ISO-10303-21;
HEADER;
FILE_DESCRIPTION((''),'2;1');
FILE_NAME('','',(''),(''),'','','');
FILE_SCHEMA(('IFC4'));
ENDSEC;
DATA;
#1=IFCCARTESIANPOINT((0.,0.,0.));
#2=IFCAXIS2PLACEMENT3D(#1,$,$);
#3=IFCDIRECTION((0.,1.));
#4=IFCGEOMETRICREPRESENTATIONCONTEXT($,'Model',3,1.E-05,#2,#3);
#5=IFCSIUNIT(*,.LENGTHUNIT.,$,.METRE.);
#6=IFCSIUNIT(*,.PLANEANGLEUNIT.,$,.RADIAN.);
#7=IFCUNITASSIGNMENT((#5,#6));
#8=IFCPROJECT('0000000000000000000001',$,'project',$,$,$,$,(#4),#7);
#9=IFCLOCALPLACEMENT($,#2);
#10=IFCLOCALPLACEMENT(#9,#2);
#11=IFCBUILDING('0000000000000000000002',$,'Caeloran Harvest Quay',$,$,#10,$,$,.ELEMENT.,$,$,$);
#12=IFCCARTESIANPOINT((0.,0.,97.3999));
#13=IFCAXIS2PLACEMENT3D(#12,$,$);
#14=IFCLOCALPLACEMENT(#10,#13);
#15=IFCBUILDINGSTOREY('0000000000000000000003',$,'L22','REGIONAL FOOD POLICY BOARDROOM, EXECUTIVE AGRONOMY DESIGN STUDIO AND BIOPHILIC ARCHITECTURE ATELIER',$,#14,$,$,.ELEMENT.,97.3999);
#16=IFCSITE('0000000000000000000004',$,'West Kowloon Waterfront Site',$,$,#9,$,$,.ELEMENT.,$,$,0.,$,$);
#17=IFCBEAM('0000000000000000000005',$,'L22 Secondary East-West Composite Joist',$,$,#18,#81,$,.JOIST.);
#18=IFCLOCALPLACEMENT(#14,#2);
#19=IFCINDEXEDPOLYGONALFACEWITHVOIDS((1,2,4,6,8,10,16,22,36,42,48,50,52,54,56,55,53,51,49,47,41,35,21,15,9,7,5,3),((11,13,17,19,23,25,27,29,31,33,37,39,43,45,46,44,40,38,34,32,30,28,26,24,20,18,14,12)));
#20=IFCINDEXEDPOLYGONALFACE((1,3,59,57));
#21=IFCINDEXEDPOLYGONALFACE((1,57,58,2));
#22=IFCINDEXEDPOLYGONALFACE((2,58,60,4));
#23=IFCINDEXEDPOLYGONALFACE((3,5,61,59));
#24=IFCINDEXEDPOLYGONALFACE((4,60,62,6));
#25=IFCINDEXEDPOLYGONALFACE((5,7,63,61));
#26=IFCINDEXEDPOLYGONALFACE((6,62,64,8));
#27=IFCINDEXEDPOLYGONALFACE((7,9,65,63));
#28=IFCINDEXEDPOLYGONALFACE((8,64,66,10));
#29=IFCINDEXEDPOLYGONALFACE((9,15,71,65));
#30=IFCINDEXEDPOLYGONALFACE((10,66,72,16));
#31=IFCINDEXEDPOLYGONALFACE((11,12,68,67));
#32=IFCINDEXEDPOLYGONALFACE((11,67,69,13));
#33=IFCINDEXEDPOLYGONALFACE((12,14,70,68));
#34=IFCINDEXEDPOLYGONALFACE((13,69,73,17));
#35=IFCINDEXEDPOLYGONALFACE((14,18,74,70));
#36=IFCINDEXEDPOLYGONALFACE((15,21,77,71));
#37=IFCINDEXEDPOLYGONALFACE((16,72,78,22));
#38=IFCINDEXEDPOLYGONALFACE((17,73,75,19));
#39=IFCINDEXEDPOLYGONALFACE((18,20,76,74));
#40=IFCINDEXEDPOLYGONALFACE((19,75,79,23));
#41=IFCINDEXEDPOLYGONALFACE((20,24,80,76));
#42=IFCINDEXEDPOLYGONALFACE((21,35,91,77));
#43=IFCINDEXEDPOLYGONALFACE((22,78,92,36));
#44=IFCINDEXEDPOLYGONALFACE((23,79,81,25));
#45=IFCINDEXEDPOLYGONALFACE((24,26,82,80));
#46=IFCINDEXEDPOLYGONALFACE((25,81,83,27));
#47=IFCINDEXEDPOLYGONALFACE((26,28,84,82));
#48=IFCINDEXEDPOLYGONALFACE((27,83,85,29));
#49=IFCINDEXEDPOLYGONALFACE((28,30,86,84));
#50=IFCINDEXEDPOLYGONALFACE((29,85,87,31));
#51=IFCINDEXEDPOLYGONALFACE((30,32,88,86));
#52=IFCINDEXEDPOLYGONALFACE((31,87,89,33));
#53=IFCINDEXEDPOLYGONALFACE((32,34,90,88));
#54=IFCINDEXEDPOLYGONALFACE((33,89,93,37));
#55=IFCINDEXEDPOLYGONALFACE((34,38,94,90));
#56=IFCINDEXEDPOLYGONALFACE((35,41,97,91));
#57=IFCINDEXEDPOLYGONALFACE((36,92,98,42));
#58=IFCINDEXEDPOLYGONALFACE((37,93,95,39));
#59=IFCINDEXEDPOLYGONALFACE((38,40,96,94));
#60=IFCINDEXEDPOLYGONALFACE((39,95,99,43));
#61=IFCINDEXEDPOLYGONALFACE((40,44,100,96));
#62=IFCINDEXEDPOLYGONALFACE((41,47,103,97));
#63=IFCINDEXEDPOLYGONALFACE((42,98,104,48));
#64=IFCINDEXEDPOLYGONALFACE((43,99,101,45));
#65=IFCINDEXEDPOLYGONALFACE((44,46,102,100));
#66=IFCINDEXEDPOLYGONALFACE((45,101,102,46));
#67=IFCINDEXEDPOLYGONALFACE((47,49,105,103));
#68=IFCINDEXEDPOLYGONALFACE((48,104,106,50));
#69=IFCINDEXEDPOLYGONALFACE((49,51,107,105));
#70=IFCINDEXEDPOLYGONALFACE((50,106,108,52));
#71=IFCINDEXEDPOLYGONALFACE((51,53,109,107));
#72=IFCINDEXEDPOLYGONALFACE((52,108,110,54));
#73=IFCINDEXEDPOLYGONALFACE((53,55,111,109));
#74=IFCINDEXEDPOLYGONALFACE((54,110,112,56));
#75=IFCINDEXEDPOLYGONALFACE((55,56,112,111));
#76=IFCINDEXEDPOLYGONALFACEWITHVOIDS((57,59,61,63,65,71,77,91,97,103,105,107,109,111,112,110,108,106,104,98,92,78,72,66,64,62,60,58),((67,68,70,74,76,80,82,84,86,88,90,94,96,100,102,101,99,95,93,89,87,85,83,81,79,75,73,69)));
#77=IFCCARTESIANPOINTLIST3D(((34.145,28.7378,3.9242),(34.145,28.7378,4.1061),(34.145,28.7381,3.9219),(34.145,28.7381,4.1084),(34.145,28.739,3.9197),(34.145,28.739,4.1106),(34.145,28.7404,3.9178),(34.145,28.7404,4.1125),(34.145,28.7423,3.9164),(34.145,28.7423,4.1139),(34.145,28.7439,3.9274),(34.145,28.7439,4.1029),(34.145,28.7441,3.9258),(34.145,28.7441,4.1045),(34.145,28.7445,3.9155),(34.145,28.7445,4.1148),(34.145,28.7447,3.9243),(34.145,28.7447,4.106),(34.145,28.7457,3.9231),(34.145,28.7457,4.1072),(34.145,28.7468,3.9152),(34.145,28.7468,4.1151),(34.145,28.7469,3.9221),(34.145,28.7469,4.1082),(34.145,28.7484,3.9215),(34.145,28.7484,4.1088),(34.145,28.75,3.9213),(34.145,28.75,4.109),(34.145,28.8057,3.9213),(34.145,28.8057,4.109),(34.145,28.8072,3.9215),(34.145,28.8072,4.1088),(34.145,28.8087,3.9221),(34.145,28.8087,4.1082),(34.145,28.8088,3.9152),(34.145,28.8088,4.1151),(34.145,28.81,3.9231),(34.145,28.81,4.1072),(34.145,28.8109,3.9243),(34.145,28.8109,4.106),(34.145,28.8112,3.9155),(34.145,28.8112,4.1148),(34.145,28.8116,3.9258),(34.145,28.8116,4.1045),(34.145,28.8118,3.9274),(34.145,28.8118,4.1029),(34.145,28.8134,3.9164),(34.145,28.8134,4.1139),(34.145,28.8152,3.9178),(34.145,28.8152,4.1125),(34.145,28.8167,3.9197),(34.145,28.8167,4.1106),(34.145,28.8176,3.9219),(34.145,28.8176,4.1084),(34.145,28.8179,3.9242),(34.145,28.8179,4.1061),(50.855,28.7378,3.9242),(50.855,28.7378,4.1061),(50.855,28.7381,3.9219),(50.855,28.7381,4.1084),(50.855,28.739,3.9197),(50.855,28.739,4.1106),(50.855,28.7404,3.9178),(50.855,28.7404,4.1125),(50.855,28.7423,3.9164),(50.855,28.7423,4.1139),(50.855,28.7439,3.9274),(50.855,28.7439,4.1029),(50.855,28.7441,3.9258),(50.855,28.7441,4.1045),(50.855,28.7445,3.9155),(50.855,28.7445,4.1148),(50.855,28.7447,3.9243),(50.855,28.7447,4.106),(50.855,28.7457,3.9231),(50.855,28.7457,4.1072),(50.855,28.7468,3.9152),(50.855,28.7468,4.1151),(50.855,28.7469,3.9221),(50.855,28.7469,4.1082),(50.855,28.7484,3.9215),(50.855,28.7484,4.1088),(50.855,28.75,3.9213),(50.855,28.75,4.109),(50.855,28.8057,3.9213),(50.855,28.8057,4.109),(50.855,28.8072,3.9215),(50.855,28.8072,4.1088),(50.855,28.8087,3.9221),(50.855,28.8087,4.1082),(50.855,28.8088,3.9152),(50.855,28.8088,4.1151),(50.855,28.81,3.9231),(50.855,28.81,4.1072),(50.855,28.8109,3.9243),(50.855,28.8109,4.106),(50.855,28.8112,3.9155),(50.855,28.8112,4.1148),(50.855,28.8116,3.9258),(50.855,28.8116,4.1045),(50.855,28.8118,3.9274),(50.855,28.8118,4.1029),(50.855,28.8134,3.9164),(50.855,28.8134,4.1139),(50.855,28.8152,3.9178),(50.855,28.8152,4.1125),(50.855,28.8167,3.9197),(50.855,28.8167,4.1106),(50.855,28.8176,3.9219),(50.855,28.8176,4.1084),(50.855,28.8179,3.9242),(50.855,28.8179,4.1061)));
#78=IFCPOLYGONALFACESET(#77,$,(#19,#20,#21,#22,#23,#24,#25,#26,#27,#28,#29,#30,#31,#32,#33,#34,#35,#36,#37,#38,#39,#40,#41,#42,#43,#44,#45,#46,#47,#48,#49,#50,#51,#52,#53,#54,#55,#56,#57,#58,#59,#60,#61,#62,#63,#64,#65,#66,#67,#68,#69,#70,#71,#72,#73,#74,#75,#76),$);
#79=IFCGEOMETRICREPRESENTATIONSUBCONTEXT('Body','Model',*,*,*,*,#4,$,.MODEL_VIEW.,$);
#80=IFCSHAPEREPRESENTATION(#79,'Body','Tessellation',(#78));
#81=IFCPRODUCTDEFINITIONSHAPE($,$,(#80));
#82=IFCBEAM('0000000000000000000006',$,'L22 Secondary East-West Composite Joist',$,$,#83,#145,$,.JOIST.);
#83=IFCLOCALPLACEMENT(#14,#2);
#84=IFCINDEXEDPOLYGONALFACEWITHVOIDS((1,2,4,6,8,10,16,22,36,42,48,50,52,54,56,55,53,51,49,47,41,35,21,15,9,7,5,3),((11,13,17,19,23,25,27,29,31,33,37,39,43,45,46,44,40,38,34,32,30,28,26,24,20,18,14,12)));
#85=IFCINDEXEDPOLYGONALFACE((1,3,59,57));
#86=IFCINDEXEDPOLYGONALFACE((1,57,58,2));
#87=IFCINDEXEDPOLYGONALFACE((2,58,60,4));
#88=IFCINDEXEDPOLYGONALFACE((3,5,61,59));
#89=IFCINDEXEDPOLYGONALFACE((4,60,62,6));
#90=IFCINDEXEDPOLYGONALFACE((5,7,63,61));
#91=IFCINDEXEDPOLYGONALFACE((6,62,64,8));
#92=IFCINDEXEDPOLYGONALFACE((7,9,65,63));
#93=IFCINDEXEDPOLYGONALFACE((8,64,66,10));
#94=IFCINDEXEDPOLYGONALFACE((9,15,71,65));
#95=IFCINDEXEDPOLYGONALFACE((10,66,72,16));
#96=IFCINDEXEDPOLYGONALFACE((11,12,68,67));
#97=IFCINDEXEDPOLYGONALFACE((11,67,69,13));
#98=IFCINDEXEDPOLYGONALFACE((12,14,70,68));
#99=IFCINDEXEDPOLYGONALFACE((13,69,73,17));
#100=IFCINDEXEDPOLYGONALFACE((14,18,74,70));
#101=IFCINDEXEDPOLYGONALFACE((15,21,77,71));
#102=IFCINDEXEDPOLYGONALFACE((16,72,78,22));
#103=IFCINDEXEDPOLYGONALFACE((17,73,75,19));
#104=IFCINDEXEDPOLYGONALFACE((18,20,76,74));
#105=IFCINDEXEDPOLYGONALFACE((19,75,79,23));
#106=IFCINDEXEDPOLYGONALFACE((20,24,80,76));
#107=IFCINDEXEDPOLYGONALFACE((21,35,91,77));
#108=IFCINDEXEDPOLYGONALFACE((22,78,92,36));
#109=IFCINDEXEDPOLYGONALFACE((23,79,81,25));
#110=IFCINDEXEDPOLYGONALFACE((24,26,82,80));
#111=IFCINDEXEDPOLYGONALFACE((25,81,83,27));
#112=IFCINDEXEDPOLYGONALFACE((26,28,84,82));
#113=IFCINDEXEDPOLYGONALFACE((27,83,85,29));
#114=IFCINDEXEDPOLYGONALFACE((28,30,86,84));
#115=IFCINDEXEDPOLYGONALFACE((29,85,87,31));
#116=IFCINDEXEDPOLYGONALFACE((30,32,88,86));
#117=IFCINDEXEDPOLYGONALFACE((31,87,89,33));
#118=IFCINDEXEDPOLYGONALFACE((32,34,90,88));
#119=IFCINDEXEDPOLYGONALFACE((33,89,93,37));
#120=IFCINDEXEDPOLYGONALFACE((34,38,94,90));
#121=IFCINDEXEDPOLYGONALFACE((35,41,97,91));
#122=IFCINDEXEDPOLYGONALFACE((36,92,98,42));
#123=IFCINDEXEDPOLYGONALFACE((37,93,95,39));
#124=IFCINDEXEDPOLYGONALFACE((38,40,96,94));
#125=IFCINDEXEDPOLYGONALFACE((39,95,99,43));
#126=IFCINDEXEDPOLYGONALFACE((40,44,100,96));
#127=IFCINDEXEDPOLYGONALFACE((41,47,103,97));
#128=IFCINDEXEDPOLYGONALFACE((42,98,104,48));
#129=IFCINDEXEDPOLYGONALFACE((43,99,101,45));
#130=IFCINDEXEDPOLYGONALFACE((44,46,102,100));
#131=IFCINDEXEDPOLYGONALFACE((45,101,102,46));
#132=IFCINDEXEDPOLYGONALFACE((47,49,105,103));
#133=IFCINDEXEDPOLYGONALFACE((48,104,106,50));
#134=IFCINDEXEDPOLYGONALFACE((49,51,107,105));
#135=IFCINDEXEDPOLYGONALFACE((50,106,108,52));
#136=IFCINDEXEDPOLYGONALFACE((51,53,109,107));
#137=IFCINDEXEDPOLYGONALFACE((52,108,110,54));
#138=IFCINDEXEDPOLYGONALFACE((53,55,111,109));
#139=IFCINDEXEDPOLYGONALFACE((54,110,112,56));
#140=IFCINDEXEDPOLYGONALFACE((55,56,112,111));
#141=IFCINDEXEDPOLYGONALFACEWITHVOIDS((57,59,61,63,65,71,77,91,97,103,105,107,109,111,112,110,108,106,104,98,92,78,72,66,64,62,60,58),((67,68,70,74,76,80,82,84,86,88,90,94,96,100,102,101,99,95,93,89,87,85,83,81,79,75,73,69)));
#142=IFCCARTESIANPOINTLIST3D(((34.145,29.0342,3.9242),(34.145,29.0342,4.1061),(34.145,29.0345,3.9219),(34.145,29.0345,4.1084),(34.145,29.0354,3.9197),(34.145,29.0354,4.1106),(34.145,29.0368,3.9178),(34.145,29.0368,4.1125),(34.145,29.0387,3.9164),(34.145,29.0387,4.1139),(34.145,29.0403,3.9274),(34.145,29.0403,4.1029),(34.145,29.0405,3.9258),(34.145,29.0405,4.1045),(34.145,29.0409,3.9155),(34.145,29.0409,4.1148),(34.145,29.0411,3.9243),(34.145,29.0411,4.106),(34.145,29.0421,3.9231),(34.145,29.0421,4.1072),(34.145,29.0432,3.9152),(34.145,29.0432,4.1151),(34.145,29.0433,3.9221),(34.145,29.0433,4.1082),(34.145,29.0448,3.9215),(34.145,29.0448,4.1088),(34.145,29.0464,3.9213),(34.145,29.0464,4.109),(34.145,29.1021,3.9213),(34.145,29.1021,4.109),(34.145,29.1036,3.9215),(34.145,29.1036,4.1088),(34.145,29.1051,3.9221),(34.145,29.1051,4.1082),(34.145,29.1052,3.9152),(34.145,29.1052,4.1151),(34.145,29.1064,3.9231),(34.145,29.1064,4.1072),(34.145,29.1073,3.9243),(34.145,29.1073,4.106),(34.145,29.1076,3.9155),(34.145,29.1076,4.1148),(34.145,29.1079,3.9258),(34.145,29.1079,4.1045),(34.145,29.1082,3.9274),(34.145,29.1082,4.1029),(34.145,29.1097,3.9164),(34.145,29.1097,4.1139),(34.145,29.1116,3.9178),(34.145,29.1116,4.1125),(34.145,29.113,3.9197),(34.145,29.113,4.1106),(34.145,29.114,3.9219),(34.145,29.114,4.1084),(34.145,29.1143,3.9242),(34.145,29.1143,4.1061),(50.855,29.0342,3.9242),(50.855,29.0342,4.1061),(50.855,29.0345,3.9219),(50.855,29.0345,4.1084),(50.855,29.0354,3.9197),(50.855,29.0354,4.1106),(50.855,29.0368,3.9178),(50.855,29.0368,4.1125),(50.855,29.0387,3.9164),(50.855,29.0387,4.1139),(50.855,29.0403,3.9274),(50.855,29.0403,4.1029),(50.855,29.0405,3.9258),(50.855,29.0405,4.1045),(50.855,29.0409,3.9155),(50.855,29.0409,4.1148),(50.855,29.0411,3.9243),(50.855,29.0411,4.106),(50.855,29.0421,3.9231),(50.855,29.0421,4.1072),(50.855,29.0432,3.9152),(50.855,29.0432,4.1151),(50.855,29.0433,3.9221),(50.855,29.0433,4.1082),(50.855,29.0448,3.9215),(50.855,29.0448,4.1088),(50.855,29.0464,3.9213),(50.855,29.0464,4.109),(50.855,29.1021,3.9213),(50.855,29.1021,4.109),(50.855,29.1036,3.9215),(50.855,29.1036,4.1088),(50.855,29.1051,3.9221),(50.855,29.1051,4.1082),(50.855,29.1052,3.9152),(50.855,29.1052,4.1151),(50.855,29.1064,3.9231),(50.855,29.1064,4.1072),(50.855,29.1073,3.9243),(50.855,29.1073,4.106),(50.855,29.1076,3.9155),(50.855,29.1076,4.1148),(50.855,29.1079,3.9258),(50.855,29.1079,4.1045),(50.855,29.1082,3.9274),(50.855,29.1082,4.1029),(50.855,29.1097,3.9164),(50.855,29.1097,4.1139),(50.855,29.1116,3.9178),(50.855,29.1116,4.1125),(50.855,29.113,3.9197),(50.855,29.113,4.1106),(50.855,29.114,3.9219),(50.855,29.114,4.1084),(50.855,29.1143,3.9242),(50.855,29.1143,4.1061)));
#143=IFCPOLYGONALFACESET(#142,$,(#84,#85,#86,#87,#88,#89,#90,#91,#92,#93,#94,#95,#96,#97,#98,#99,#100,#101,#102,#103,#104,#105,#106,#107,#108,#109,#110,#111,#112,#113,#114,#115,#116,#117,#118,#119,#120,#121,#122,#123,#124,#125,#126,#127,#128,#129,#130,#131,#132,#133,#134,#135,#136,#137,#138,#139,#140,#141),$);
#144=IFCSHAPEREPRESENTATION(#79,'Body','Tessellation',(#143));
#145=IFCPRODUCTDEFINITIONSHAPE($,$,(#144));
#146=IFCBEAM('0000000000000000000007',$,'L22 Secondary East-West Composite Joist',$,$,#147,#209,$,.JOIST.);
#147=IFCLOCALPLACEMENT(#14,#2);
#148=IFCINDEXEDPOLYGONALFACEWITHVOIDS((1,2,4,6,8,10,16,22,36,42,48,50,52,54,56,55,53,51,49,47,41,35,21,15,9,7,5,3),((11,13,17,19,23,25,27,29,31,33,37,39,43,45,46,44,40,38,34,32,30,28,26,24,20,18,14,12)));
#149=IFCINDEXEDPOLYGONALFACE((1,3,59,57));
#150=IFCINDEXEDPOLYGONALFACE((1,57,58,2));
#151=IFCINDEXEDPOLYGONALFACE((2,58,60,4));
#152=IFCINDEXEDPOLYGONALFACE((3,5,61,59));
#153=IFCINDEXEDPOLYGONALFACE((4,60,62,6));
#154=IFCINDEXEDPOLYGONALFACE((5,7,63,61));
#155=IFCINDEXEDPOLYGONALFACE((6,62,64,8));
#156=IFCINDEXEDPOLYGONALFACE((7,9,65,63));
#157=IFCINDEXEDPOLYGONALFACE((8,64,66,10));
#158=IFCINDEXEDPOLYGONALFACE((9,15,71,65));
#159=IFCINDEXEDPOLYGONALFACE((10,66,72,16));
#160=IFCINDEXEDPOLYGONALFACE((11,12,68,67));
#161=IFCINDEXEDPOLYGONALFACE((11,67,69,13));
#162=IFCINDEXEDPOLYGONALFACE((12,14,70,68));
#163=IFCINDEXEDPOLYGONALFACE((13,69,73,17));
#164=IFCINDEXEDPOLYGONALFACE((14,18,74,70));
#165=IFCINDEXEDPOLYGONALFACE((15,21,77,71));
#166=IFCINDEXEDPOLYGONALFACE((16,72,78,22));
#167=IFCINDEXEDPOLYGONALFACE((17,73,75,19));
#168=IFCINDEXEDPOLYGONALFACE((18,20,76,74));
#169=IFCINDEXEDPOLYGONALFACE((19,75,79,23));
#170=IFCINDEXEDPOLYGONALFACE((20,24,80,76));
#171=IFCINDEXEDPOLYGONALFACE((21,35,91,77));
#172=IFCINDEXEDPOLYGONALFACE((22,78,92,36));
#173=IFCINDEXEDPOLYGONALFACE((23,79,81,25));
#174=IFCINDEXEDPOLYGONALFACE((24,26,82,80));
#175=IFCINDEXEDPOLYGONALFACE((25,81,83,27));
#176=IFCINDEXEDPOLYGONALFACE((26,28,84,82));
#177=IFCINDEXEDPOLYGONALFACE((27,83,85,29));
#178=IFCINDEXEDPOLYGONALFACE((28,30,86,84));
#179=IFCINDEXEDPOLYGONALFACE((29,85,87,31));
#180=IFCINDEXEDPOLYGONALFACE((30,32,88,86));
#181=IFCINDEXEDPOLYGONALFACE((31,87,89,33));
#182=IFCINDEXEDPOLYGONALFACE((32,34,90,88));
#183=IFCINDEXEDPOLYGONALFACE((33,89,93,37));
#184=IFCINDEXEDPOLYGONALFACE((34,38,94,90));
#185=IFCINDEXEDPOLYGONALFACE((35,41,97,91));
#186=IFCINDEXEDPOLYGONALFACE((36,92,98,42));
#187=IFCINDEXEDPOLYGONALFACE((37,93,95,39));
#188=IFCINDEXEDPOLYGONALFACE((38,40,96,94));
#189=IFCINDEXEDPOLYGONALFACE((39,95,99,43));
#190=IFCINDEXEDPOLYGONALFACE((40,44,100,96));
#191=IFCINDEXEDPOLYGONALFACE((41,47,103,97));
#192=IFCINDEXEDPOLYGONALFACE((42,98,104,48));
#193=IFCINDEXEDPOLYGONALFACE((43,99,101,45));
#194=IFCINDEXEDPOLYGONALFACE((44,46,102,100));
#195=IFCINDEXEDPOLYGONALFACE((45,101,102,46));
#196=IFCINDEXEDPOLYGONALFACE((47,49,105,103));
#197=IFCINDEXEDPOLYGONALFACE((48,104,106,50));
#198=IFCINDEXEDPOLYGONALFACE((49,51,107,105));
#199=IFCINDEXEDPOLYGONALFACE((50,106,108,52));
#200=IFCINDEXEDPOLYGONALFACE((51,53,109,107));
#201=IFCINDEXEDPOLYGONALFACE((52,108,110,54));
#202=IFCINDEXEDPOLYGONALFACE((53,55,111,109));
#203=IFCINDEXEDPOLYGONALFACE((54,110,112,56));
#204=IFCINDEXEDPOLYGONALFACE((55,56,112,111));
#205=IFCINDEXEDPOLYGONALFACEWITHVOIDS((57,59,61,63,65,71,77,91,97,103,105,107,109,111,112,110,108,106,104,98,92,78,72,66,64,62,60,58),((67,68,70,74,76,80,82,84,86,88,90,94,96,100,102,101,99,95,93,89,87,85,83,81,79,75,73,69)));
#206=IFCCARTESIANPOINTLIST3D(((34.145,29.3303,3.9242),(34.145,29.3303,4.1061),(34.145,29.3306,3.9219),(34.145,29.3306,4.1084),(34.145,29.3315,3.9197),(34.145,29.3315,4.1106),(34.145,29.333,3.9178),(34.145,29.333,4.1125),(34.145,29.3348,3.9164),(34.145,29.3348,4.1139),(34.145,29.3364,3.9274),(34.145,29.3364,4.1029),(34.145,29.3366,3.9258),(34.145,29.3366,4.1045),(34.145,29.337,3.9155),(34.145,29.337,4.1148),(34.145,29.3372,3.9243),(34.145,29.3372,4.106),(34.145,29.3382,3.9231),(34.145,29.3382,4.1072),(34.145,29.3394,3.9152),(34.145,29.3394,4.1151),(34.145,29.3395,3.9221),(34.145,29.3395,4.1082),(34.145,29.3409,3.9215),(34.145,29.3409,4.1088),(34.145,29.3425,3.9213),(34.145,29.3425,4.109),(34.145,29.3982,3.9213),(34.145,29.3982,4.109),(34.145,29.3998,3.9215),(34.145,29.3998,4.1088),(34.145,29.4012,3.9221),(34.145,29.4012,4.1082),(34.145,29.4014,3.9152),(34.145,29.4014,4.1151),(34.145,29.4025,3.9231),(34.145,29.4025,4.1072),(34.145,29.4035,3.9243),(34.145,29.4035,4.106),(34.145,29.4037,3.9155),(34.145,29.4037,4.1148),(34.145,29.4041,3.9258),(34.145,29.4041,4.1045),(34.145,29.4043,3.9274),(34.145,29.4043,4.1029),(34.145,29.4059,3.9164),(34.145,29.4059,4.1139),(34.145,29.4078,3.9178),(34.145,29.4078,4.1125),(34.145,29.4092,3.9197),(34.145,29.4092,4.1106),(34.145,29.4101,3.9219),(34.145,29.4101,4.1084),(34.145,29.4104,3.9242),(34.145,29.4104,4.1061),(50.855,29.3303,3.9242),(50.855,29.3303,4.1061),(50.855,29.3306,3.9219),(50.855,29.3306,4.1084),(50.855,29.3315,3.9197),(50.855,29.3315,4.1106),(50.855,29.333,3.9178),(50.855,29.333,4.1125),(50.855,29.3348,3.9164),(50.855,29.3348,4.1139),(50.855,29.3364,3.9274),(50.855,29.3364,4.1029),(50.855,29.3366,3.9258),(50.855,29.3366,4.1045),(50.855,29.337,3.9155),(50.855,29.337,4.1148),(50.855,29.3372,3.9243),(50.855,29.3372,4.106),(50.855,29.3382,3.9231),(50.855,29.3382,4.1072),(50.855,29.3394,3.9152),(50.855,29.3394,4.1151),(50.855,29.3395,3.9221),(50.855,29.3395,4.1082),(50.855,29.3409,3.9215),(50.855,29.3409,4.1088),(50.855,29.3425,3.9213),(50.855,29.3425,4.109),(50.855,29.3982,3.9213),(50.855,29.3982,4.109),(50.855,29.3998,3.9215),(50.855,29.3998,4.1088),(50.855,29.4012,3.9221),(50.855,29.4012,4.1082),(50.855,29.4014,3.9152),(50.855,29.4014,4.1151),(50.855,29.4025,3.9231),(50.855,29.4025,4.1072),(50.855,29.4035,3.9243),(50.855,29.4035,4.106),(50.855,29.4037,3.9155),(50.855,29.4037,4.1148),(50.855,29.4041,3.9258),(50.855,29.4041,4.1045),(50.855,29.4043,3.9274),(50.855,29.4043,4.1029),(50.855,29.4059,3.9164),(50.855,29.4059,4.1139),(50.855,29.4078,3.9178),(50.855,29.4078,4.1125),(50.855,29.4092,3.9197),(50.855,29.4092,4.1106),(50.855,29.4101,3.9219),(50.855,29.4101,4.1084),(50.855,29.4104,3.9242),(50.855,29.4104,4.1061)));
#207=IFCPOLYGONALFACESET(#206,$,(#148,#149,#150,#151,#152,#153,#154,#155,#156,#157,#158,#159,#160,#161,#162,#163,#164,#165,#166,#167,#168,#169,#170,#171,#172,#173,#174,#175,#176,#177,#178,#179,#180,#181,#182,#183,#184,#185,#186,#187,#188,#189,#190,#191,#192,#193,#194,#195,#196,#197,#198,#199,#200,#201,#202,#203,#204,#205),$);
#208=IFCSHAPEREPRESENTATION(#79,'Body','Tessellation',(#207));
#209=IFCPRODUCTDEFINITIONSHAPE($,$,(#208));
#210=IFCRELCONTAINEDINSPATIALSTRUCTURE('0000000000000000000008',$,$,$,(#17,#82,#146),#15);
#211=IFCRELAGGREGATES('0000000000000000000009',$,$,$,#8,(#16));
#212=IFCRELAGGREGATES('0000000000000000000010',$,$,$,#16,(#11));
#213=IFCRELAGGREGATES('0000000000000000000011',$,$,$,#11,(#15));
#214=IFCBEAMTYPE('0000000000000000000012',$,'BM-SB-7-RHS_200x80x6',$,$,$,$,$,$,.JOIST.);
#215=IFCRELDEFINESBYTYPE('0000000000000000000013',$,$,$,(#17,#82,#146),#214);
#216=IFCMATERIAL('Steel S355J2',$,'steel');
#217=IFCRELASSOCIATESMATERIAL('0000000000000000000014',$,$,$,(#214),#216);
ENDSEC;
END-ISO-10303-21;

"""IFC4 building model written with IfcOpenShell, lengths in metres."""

from ifc_helpers import new_model, si_unit, direction, frame, origin, origin_2d, place, context, subcontext, project, spatial, hollow_rectangle, extrude, material, material_profile, profile_set, type_object, element, save


model = new_model("IFC4")

# Units and contexts
model_context = context("Model", 3, precision=1e-05, world=origin(), true_north=direction((0.0, 1.0)))
body_context = subcontext(model_context, "Body", "Model", "MODEL_VIEW")
ifc_project = project(units=[si_unit("LENGTHUNIT", "METRE"), si_unit("PLANEANGLEUNIT", "RADIAN")], contexts=[model_context])

# Site, building, storey
site_placement = place(None, origin())
site = spatial("IfcSite", under=ifc_project, at=site_placement, Name="West Kowloon Waterfront Site", CompositionType="ELEMENT", RefElevation=0.0)
building_placement = place(site_placement, origin())
building = spatial("IfcBuilding", under=site, at=building_placement, Name="Caeloran Harvest Quay", CompositionType="ELEMENT")
storey_placement = place(building_placement, frame((0.0, 0.0, 97.3999)))
storey = spatial("IfcBuildingStorey", under=building, at=storey_placement, Name="L22", Description="REGIONAL FOOD POLICY BOARDROOM, EXECUTIVE AGRONOMY DESIGN STUDIO AND BIOPHILIC ARCHITECTURE ATELIER", CompositionType="ELEMENT", Elevation=97.3999)

# Beams
ifc_material_1 = material(Name="Steel S355J2", Category="steel")
ifc_material_profile_1 = material_profile(ifc_material_1, hollow_rectangle(XDim=0.0801, YDim=0.2, WallThickness=0.0061, InnerFilletRadius=0.0061, OuterFilletRadius=0.009, at=origin_2d()), Name="RHS 200x80x6")
ifc_profile_set_1 = profile_set([ifc_material_profile_1], Name="Steel S355J2")
beam_type_1 = type_object("IfcBeamType", Name="BM-SB-7-RHS_200x80x6", PredefinedType="JOIST", material=ifc_profile_set_1)
for number, where, z_axis, x_axis, name in (
    (1, (34.145, 28.7778, 4.0151), (1.0, 0.0, 0.0), (0.0, 1.0, 0.0), "L22 Secondary East-West Composite Joist"),
    (2, (34.145, 29.0742, 4.0151), (1.0, 0.0, 0.0), (0.0, 1.0, 0.0), "L22 Secondary East-West Composite Joist"),
    (3, (34.145, 29.3704, 4.0151), (1.0, 0.0, 0.0), (0.0, 1.0, 0.0), "L22 Secondary East-West Composite Joist"),
):
    element("IfcBeam", number, at=place(storey_placement, frame(where, z_axis=z_axis, x_axis=x_axis)), inside=storey, type_object=beam_type_1, Name=name, PredefinedType="JOIST", context=body_context, shape_type="SweptSolid", body=[
        extrude(hollow_rectangle(XDim=0.0801, YDim=0.2, WallThickness=0.0061, InnerFilletRadius=0.0061, OuterFilletRadius=0.009, at=origin_2d()), origin(), (0.0, 0.0, 1.0), 16.71),
    ])

save(model, "model.ifc")
